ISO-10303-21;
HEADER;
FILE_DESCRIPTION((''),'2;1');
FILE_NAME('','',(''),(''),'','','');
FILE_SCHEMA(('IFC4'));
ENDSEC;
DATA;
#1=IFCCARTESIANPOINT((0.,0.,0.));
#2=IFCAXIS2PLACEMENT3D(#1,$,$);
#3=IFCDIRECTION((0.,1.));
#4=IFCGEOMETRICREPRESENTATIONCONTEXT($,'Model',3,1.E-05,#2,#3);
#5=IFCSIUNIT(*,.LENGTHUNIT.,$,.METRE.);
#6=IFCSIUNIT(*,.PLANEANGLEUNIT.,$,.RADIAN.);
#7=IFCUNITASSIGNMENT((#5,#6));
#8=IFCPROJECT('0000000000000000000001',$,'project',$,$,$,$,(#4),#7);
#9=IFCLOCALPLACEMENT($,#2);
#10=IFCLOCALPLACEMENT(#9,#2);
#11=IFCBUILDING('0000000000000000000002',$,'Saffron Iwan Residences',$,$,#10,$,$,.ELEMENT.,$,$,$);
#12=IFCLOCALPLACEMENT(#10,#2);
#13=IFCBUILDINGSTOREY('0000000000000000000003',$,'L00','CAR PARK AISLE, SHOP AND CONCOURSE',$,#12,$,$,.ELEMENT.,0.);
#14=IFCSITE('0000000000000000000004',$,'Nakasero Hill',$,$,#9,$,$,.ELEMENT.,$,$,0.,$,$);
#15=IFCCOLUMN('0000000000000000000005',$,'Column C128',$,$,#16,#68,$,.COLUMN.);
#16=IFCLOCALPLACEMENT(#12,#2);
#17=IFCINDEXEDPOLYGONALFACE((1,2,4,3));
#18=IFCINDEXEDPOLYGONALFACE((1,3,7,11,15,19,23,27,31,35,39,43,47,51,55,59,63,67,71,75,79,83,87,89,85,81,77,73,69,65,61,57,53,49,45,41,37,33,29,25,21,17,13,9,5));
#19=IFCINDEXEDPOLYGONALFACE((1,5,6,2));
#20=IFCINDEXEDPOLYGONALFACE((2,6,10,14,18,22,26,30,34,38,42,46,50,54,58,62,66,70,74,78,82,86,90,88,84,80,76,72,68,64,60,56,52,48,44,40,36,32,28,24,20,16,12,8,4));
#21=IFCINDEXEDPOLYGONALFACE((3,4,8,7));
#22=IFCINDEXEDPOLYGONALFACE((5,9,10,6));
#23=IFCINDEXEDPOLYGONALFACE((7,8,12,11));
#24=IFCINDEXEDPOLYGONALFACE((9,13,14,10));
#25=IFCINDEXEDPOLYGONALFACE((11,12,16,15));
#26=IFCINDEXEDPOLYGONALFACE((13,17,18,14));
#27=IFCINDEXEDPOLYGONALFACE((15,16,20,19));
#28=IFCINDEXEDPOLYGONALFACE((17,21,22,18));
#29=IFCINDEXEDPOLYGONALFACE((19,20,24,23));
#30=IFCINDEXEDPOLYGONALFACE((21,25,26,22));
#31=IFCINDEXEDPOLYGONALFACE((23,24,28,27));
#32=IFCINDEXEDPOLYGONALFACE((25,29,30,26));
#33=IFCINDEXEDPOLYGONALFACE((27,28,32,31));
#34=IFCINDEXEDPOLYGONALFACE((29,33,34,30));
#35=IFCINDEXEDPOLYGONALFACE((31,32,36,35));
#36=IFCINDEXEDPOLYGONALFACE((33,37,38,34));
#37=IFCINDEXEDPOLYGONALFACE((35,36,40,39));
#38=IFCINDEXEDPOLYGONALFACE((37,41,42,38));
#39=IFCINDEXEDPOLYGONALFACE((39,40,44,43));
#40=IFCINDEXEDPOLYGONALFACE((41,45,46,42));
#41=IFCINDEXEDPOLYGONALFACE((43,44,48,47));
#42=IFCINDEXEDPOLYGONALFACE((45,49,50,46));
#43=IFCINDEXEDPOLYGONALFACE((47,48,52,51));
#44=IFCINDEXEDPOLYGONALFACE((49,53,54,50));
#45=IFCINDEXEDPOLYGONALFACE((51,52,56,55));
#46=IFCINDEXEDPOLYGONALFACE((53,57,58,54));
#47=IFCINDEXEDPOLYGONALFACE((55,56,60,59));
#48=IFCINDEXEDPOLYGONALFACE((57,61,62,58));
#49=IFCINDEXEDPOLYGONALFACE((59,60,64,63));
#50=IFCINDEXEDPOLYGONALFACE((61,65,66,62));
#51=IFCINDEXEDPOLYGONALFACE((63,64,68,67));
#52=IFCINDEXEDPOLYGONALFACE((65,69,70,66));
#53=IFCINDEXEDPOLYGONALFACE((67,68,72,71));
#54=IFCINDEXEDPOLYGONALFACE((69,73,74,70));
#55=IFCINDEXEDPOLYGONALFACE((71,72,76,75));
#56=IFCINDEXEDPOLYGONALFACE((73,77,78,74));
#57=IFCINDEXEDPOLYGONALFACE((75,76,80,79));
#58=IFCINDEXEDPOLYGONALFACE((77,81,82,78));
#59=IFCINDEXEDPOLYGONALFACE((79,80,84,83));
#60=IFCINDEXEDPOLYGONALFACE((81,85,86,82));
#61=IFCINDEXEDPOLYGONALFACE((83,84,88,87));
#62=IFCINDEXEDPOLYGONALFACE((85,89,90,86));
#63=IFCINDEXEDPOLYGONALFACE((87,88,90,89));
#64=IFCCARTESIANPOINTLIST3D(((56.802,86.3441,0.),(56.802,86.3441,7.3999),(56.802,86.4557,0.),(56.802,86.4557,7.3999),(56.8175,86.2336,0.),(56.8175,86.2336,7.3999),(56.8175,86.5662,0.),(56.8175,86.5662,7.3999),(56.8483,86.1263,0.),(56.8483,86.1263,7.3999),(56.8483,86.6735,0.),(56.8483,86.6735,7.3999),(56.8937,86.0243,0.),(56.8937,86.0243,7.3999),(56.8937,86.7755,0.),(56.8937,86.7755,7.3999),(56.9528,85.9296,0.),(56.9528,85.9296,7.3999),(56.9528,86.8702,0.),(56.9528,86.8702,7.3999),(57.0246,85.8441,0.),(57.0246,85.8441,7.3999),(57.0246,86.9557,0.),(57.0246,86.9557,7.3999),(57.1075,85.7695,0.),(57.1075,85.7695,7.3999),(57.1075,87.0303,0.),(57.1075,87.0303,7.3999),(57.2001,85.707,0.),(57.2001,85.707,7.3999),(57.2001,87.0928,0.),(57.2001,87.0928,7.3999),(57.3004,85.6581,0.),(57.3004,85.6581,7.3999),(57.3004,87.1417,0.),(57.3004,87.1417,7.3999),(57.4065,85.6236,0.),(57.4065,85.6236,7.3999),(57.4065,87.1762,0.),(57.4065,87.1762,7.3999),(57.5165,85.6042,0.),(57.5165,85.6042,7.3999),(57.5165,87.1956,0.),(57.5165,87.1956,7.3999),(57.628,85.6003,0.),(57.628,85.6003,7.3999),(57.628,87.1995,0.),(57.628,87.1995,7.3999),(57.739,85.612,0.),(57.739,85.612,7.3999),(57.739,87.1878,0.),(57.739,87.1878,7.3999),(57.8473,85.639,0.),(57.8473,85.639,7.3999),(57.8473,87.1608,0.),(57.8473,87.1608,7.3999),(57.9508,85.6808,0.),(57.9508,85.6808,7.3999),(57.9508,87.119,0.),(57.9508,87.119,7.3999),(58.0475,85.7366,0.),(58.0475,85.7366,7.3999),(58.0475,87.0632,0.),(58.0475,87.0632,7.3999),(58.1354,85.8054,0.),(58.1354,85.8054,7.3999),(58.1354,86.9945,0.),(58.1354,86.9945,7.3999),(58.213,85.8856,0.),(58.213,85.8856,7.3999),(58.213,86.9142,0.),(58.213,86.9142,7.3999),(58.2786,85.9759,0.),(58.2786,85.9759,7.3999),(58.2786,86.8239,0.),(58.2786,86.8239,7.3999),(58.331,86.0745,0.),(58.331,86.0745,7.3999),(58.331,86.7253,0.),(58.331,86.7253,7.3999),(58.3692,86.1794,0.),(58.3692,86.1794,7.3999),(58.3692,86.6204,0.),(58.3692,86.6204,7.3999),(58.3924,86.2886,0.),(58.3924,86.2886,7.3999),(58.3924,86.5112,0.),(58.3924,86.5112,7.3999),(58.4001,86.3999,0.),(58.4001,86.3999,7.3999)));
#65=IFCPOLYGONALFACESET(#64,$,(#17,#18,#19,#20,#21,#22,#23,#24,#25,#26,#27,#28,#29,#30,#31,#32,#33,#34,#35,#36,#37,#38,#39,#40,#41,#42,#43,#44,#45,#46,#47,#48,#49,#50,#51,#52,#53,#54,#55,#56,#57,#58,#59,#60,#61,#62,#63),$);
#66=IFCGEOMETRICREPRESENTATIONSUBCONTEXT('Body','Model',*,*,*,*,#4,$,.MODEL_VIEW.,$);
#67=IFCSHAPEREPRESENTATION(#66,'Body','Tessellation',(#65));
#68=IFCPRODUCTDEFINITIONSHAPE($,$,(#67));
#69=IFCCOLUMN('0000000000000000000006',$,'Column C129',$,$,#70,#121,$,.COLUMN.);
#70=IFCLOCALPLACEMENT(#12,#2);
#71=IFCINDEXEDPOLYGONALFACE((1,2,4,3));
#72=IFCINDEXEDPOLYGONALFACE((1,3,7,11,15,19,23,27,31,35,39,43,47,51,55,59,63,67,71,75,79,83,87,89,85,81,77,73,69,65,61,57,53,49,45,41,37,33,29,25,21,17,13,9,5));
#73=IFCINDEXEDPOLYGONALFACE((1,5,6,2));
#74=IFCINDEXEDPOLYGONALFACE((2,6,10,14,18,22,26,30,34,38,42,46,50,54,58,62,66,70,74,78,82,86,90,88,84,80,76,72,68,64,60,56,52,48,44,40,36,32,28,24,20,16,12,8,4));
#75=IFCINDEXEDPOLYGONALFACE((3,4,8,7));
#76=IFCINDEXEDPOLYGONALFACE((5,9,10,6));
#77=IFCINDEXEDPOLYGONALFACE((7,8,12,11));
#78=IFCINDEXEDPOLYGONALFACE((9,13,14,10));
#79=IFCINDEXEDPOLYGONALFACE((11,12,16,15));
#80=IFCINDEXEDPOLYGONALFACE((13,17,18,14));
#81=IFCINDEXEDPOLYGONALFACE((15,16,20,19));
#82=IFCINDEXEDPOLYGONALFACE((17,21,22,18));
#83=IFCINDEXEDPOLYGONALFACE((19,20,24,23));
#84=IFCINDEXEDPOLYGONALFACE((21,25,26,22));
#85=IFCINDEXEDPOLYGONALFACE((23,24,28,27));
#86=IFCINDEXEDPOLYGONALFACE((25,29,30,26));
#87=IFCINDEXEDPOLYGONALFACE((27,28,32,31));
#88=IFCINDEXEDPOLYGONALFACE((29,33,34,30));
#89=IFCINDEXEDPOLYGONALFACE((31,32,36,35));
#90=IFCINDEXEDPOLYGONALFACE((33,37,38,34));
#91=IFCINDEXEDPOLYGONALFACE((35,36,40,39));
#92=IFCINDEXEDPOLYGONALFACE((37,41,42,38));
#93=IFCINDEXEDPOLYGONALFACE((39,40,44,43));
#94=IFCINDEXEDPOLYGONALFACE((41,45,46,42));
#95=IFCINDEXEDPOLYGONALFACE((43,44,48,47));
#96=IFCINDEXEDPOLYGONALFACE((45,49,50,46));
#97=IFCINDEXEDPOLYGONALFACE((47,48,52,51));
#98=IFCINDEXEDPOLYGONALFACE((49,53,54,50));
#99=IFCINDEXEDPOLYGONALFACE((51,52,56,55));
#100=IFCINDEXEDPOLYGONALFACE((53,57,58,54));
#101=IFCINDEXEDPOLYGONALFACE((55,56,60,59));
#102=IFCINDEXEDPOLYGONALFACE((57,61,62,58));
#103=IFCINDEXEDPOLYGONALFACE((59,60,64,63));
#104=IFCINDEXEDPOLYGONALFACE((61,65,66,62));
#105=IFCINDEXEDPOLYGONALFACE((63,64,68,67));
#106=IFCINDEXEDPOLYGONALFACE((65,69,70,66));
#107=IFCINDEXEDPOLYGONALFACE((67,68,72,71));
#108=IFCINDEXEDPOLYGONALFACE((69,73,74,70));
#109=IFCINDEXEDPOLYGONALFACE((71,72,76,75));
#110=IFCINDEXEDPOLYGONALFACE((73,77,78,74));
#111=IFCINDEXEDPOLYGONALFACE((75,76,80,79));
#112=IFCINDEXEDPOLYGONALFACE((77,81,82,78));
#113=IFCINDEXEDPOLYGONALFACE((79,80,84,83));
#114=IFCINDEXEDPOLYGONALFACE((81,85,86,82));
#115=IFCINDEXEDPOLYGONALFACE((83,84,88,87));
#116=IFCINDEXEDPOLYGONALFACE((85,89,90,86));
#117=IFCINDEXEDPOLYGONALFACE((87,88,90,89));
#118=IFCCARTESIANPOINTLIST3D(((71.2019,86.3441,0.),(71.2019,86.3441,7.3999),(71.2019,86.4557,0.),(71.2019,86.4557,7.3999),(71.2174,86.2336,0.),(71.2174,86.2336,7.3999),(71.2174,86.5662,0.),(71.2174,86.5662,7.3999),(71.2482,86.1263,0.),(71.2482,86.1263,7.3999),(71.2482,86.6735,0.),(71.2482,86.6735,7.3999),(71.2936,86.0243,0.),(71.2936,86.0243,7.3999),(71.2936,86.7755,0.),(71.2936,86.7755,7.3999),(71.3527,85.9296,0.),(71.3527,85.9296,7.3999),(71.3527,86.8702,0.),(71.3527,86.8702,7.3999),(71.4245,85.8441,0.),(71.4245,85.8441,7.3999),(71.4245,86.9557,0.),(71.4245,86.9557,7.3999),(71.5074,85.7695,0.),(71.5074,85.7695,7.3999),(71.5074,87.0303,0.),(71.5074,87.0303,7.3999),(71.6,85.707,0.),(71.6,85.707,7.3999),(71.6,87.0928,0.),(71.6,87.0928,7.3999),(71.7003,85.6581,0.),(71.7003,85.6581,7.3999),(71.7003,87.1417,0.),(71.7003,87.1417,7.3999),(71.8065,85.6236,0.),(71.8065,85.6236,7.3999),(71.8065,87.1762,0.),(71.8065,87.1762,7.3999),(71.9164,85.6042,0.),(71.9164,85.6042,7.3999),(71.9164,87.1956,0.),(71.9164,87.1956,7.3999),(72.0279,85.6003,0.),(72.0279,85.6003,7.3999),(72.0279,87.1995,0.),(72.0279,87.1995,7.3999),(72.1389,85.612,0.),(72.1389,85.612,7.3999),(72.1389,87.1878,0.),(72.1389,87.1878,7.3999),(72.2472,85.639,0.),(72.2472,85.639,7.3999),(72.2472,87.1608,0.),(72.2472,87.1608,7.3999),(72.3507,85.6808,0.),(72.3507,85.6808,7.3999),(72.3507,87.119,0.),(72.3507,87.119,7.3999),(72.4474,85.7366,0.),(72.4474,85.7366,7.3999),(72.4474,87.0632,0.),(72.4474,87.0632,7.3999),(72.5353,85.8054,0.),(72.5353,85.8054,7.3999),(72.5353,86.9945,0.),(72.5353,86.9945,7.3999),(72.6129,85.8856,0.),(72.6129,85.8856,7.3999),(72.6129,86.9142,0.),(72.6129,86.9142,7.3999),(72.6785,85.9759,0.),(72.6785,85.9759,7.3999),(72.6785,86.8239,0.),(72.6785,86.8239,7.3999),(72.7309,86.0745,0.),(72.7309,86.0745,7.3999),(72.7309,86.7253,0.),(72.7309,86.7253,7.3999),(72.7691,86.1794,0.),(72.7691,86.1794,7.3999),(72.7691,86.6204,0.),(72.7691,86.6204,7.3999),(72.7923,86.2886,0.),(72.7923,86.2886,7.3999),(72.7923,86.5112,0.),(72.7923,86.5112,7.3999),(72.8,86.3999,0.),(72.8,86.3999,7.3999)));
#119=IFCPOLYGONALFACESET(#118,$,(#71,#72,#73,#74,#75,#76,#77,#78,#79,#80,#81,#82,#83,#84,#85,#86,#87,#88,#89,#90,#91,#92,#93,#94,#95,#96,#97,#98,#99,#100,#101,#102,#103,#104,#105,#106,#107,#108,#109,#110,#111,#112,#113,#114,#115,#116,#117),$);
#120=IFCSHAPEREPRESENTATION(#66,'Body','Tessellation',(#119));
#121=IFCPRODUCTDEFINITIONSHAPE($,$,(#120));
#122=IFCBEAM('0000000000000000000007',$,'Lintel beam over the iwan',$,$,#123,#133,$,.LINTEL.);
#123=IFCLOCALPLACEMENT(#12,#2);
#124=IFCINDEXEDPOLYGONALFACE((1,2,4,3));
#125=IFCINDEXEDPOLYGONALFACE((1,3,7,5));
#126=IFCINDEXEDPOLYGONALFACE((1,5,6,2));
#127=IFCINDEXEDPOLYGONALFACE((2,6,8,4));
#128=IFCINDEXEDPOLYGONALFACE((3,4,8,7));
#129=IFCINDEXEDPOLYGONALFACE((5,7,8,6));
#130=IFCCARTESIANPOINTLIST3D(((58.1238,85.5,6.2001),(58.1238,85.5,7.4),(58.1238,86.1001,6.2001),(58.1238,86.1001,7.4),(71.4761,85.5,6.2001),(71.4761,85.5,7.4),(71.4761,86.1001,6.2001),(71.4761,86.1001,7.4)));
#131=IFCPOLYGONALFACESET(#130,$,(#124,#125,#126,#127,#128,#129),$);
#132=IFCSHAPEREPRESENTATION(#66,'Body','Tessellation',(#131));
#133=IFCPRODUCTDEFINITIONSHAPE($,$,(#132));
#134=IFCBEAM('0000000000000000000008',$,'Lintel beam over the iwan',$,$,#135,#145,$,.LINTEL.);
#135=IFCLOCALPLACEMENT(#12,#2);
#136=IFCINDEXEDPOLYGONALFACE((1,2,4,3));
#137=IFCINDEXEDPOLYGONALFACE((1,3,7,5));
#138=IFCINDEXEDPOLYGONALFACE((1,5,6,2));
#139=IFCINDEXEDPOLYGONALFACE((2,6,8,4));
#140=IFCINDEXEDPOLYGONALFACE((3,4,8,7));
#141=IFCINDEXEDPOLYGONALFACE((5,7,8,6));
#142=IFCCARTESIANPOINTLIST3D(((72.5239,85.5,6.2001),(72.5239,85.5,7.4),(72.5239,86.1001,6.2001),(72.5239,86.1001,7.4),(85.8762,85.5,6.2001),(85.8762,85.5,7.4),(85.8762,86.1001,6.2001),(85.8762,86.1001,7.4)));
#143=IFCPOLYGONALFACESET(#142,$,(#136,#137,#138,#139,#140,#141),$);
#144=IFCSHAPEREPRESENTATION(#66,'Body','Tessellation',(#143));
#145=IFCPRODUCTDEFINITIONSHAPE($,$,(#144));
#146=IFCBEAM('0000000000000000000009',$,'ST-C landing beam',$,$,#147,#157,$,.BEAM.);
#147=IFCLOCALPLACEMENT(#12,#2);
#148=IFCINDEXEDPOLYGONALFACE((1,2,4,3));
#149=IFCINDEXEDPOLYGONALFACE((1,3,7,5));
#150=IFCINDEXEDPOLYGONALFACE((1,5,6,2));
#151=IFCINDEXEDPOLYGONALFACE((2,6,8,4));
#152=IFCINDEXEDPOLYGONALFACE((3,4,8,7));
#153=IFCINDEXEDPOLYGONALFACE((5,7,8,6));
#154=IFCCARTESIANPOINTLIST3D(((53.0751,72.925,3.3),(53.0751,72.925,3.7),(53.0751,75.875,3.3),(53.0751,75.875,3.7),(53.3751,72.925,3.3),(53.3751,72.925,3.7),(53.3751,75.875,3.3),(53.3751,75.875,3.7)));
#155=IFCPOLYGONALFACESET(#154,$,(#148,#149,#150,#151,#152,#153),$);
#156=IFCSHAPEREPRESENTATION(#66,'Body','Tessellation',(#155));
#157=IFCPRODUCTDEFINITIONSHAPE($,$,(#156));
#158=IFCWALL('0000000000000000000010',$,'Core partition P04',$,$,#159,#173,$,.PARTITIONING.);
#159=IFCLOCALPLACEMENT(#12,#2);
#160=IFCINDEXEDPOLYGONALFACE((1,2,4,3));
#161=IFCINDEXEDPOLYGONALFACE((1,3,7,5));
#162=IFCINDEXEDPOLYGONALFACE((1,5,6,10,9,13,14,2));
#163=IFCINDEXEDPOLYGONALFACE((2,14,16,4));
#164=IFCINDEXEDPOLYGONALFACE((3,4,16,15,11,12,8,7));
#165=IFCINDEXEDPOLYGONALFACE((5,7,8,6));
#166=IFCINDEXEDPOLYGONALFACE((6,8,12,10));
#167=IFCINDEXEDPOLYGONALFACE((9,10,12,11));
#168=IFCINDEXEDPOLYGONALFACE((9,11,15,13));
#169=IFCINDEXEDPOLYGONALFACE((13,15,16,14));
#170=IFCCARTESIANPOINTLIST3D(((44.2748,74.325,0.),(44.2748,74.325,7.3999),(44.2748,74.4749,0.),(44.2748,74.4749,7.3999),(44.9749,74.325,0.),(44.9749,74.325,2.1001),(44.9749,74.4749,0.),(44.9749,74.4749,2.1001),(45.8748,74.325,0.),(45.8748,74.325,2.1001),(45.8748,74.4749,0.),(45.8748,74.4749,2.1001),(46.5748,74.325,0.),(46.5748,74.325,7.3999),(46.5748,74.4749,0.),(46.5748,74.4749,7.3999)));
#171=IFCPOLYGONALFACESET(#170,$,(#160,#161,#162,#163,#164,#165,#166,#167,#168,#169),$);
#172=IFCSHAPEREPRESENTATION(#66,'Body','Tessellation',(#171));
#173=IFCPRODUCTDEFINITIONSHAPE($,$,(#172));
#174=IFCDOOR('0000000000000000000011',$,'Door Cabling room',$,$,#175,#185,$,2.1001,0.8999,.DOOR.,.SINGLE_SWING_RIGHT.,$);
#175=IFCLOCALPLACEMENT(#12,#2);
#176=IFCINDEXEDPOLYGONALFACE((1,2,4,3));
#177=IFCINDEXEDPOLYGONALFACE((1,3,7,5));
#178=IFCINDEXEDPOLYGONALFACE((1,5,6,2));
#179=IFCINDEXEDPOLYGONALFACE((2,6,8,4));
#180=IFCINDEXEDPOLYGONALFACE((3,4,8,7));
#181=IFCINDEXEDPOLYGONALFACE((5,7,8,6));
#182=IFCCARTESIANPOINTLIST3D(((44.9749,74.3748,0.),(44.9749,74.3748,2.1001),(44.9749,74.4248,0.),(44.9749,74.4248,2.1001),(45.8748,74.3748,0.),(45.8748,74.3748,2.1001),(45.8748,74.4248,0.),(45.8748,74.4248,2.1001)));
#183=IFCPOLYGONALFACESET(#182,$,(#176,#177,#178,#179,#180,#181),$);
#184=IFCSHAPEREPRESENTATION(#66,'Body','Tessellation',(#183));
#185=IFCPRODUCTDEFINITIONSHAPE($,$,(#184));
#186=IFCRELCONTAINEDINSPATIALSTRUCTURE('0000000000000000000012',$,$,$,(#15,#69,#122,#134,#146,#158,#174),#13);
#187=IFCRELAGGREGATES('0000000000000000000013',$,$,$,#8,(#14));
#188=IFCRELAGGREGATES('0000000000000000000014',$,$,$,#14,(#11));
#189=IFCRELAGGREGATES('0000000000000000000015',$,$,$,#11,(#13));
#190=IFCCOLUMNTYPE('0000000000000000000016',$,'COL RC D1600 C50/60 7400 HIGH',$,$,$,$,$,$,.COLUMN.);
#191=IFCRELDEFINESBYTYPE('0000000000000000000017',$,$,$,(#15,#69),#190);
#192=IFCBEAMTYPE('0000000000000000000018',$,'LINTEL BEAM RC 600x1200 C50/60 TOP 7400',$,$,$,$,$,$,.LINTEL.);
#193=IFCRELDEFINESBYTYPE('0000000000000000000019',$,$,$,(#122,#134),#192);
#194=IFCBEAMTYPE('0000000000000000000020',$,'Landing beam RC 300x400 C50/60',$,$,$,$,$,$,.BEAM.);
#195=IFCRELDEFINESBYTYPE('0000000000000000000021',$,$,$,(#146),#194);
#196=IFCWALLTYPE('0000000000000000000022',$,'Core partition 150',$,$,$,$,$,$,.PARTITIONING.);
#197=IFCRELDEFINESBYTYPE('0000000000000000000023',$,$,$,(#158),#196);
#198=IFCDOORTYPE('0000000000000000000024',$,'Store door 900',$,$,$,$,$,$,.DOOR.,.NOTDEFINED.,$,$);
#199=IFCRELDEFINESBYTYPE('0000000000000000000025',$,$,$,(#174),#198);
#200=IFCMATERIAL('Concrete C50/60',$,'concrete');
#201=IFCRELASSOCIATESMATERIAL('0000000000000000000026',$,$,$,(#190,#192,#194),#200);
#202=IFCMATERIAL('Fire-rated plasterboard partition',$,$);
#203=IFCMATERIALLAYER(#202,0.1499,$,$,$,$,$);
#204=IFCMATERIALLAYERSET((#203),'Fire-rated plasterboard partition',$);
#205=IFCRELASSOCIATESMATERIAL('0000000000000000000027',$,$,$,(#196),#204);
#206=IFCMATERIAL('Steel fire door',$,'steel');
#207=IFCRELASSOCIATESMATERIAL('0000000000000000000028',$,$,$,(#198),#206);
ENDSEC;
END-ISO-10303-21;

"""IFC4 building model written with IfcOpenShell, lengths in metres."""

from ifc_helpers import new_model, si_unit, direction, frame, frame_2d, origin, origin_2d, place, context, subcontext, project, spatial, rectangle, circle, extrude, source, transform, mapped, material, layer, layer_set, material_profile, profile_set, type_object, element, fill, save


model = new_model("IFC4")

# Units and contexts
model_context = context("Model", 3, precision=1e-05, world=origin(), true_north=direction((0.0, 1.0)))
body_context = subcontext(model_context, "Body", "Model", "MODEL_VIEW")
ifc_project = project(units=[si_unit("LENGTHUNIT", "METRE"), si_unit("PLANEANGLEUNIT", "RADIAN")], contexts=[model_context])

# Site, building, storey
site_placement = place(None, origin())
site = spatial("IfcSite", under=ifc_project, at=site_placement, Name="Nakasero Hill", CompositionType="ELEMENT", RefElevation=0.0)
building_placement = place(site_placement, origin())
building = spatial("IfcBuilding", under=site, at=building_placement, Name="Saffron Iwan Residences", CompositionType="ELEMENT")
storey_placement = place(building_placement, origin())
storey = spatial("IfcBuildingStorey", under=building, at=storey_placement, Name="L00", Description="CAR PARK AISLE, SHOP AND CONCOURSE", CompositionType="ELEMENT", Elevation=0.0)

# Columns
ifc_material_1 = material(Name="Concrete C50/60", Category="concrete")
ifc_material_profile_1 = material_profile(ifc_material_1, circle(Radius=0.8, at=origin_2d()), Name="RC D1600")
ifc_profile_set_1 = profile_set([ifc_material_profile_1], Name="Concrete C50/60")
column_type = type_object("IfcColumnType", Name="COL RC D1600 C50/60 7400 HIGH", PredefinedType="COLUMN", material=ifc_profile_set_1)
shared_shape_1 = source(origin(), body_context, "Body", "SweptSolid", [
    extrude(circle(Radius=0.8, at=origin_2d()), origin(), (0.0, 0.0, 1.0), 7.3999),
])
for number, where, z_axis, x_axis, name in (
    (1, (57.6001, 86.3999, 0.0), (0.0, 0.0, 1.0), (1.0, 0.0, 0.0), "Column C128"),
    (2, (72.0, 86.3999, 0.0), (0.0, 0.0, 1.0), (1.0, 0.0, 0.0), "Column C129"),
):
    element("IfcColumn", number, at=place(storey_placement, frame(where, z_axis=z_axis, x_axis=x_axis)), inside=storey, type_object=column_type, Name=name, PredefinedType="COLUMN", context=body_context, shape_type="MappedRepresentation", body=[
        mapped(shared_shape_1, transform((0.0, 0.0, 0.0))),
    ])

# Beams
ifc_material_profile_2 = material_profile(ifc_material_1, rectangle(XDim=0.6001, YDim=1.2, at=origin_2d()), Name="RC 600x1200")
ifc_profile_set_2 = profile_set([ifc_material_profile_2], Name="Concrete C50/60")
beam_type_1 = type_object("IfcBeamType", Name="LINTEL BEAM RC 600x1200 C50/60 TOP 7400", PredefinedType="LINTEL", material=ifc_profile_set_2)
shared_shape_2 = source(origin(), body_context, "Body", "SweptSolid", [
    extrude(rectangle(XDim=0.6001, YDim=1.2, at=origin_2d()), origin(), (0.0, 0.0, 1.0), 13.3523),
])
for number, where, z_axis, x_axis, name in (
    (3, (58.1238, 85.8, 6.8), (1.0, 0.0, 0.0), (0.0, 1.0, 0.0), "Lintel beam over the iwan"),
    (4, (72.5239, 85.8, 6.8), (1.0, 0.0, 0.0), (0.0, 1.0, 0.0), "Lintel beam over the iwan"),
):
    element("IfcBeam", number, at=place(storey_placement, frame(where, z_axis=z_axis, x_axis=x_axis)), inside=storey, type_object=beam_type_1, Name=name, PredefinedType="LINTEL", context=body_context, shape_type="MappedRepresentation", body=[
        mapped(shared_shape_2, transform((0.0, 0.0, 0.0))),
    ])
ifc_material_profile_3 = material_profile(ifc_material_1, rectangle(XDim=0.3, YDim=0.3999, at=origin_2d()), Name="Landing beam RC 300x400 C50/60")
ifc_profile_set_3 = profile_set([ifc_material_profile_3], Name="Concrete C50/60")
beam_type_2 = type_object("IfcBeamType", Name="Landing beam RC 300x400 C50/60", PredefinedType="BEAM", material=ifc_profile_set_3)
shared_shape_3 = source(origin(), body_context, "Body", "SweptSolid", [
    extrude(rectangle(XDim=0.3, YDim=0.3999, at=origin_2d()), origin(), (0.0, 0.0, 1.0), 2.95),
])
beam_placement = place(storey_placement, frame((53.2251, 72.925, 3.5), z_axis=(0.0, 1.0, 0.0), x_axis=(-1.0, 0.0, 0.0)))
element("IfcBeam", 5, at=beam_placement, inside=storey, type_object=beam_type_2, Name="ST-C landing beam", PredefinedType="BEAM", context=body_context, shape_type="MappedRepresentation", body=[
    mapped(shared_shape_3, transform((0.0, 0.0, 0.0))),
])

# Wall, opening, door
ifc_material_2 = material(Name="Fire-rated plasterboard partition")
ifc_layer_1 = layer(ifc_material_2, 0.1499)
ifc_layer_set_1 = layer_set([ifc_layer_1], Name="Fire-rated plasterboard partition")
wall_type_1 = type_object("IfcWallType", Name="Core partition 150", PredefinedType="PARTITIONING", material=ifc_layer_set_1)
wall_1_placement = place(storey_placement, frame((44.2749, 74.3999, 0.0), z_axis=(0.0, 0.0, 1.0), x_axis=(1.0, 0.0, 0.0)))
wall_1 = element("IfcWall", 6, at=wall_1_placement, inside=storey, type_object=wall_type_1, Name="Core partition P04", PredefinedType="PARTITIONING", context=body_context, shape_type="SweptSolid", body=[
    extrude(rectangle(XDim=2.3, YDim=0.1499, at=frame_2d((1.1499, 0.0))), origin(), (0.0, 0.0, 1.0), 7.3999),
])
opening_1_placement = place(wall_1_placement, frame((0.7, 0.0, 0.0)))
opening_1 = element("IfcOpeningElement", 7, at=opening_1_placement, cuts=wall_1, PredefinedType="OPENING", context=body_context, shape_type="SweptSolid", body=[
    extrude(rectangle(XDim=0.8999, YDim=2.1001, at=frame_2d((0.45, 1.05))), frame((0.0, 0.085, 0.0), z_axis=(0.0, -1.0, 0.0), x_axis=(1.0, 0.0, 0.0)), (0.0, 0.0, 1.0), 0.1699),
])
ifc_material_3 = material(Name="Steel fire door", Category="steel")
door_type = type_object("IfcDoorType", Name="Store door 900", OperationType="NOTDEFINED", PredefinedType="DOOR", material=ifc_material_3)
door_1_placement = place(opening_1_placement, origin())
door_1 = element("IfcDoor", 8, at=door_1_placement, inside=storey, type_object=door_type, Name="Door Cabling room", OperationType="SINGLE_SWING_RIGHT", OverallHeight=2.1001, OverallWidth=0.8999, PredefinedType="DOOR", context=body_context, shape_type="SweptSolid", body=[
    extrude(rectangle(XDim=0.8999, YDim=2.1001, at=frame_2d((0.45, 1.05))), frame((0.0, 0.0249, 0.0), z_axis=(0.0, -1.0, 0.0), x_axis=(1.0, 0.0, 0.0)), (0.0, 0.0, 1.0), 0.05),
])
fill(opening_1, door_1)

save(model, "model.ifc")
